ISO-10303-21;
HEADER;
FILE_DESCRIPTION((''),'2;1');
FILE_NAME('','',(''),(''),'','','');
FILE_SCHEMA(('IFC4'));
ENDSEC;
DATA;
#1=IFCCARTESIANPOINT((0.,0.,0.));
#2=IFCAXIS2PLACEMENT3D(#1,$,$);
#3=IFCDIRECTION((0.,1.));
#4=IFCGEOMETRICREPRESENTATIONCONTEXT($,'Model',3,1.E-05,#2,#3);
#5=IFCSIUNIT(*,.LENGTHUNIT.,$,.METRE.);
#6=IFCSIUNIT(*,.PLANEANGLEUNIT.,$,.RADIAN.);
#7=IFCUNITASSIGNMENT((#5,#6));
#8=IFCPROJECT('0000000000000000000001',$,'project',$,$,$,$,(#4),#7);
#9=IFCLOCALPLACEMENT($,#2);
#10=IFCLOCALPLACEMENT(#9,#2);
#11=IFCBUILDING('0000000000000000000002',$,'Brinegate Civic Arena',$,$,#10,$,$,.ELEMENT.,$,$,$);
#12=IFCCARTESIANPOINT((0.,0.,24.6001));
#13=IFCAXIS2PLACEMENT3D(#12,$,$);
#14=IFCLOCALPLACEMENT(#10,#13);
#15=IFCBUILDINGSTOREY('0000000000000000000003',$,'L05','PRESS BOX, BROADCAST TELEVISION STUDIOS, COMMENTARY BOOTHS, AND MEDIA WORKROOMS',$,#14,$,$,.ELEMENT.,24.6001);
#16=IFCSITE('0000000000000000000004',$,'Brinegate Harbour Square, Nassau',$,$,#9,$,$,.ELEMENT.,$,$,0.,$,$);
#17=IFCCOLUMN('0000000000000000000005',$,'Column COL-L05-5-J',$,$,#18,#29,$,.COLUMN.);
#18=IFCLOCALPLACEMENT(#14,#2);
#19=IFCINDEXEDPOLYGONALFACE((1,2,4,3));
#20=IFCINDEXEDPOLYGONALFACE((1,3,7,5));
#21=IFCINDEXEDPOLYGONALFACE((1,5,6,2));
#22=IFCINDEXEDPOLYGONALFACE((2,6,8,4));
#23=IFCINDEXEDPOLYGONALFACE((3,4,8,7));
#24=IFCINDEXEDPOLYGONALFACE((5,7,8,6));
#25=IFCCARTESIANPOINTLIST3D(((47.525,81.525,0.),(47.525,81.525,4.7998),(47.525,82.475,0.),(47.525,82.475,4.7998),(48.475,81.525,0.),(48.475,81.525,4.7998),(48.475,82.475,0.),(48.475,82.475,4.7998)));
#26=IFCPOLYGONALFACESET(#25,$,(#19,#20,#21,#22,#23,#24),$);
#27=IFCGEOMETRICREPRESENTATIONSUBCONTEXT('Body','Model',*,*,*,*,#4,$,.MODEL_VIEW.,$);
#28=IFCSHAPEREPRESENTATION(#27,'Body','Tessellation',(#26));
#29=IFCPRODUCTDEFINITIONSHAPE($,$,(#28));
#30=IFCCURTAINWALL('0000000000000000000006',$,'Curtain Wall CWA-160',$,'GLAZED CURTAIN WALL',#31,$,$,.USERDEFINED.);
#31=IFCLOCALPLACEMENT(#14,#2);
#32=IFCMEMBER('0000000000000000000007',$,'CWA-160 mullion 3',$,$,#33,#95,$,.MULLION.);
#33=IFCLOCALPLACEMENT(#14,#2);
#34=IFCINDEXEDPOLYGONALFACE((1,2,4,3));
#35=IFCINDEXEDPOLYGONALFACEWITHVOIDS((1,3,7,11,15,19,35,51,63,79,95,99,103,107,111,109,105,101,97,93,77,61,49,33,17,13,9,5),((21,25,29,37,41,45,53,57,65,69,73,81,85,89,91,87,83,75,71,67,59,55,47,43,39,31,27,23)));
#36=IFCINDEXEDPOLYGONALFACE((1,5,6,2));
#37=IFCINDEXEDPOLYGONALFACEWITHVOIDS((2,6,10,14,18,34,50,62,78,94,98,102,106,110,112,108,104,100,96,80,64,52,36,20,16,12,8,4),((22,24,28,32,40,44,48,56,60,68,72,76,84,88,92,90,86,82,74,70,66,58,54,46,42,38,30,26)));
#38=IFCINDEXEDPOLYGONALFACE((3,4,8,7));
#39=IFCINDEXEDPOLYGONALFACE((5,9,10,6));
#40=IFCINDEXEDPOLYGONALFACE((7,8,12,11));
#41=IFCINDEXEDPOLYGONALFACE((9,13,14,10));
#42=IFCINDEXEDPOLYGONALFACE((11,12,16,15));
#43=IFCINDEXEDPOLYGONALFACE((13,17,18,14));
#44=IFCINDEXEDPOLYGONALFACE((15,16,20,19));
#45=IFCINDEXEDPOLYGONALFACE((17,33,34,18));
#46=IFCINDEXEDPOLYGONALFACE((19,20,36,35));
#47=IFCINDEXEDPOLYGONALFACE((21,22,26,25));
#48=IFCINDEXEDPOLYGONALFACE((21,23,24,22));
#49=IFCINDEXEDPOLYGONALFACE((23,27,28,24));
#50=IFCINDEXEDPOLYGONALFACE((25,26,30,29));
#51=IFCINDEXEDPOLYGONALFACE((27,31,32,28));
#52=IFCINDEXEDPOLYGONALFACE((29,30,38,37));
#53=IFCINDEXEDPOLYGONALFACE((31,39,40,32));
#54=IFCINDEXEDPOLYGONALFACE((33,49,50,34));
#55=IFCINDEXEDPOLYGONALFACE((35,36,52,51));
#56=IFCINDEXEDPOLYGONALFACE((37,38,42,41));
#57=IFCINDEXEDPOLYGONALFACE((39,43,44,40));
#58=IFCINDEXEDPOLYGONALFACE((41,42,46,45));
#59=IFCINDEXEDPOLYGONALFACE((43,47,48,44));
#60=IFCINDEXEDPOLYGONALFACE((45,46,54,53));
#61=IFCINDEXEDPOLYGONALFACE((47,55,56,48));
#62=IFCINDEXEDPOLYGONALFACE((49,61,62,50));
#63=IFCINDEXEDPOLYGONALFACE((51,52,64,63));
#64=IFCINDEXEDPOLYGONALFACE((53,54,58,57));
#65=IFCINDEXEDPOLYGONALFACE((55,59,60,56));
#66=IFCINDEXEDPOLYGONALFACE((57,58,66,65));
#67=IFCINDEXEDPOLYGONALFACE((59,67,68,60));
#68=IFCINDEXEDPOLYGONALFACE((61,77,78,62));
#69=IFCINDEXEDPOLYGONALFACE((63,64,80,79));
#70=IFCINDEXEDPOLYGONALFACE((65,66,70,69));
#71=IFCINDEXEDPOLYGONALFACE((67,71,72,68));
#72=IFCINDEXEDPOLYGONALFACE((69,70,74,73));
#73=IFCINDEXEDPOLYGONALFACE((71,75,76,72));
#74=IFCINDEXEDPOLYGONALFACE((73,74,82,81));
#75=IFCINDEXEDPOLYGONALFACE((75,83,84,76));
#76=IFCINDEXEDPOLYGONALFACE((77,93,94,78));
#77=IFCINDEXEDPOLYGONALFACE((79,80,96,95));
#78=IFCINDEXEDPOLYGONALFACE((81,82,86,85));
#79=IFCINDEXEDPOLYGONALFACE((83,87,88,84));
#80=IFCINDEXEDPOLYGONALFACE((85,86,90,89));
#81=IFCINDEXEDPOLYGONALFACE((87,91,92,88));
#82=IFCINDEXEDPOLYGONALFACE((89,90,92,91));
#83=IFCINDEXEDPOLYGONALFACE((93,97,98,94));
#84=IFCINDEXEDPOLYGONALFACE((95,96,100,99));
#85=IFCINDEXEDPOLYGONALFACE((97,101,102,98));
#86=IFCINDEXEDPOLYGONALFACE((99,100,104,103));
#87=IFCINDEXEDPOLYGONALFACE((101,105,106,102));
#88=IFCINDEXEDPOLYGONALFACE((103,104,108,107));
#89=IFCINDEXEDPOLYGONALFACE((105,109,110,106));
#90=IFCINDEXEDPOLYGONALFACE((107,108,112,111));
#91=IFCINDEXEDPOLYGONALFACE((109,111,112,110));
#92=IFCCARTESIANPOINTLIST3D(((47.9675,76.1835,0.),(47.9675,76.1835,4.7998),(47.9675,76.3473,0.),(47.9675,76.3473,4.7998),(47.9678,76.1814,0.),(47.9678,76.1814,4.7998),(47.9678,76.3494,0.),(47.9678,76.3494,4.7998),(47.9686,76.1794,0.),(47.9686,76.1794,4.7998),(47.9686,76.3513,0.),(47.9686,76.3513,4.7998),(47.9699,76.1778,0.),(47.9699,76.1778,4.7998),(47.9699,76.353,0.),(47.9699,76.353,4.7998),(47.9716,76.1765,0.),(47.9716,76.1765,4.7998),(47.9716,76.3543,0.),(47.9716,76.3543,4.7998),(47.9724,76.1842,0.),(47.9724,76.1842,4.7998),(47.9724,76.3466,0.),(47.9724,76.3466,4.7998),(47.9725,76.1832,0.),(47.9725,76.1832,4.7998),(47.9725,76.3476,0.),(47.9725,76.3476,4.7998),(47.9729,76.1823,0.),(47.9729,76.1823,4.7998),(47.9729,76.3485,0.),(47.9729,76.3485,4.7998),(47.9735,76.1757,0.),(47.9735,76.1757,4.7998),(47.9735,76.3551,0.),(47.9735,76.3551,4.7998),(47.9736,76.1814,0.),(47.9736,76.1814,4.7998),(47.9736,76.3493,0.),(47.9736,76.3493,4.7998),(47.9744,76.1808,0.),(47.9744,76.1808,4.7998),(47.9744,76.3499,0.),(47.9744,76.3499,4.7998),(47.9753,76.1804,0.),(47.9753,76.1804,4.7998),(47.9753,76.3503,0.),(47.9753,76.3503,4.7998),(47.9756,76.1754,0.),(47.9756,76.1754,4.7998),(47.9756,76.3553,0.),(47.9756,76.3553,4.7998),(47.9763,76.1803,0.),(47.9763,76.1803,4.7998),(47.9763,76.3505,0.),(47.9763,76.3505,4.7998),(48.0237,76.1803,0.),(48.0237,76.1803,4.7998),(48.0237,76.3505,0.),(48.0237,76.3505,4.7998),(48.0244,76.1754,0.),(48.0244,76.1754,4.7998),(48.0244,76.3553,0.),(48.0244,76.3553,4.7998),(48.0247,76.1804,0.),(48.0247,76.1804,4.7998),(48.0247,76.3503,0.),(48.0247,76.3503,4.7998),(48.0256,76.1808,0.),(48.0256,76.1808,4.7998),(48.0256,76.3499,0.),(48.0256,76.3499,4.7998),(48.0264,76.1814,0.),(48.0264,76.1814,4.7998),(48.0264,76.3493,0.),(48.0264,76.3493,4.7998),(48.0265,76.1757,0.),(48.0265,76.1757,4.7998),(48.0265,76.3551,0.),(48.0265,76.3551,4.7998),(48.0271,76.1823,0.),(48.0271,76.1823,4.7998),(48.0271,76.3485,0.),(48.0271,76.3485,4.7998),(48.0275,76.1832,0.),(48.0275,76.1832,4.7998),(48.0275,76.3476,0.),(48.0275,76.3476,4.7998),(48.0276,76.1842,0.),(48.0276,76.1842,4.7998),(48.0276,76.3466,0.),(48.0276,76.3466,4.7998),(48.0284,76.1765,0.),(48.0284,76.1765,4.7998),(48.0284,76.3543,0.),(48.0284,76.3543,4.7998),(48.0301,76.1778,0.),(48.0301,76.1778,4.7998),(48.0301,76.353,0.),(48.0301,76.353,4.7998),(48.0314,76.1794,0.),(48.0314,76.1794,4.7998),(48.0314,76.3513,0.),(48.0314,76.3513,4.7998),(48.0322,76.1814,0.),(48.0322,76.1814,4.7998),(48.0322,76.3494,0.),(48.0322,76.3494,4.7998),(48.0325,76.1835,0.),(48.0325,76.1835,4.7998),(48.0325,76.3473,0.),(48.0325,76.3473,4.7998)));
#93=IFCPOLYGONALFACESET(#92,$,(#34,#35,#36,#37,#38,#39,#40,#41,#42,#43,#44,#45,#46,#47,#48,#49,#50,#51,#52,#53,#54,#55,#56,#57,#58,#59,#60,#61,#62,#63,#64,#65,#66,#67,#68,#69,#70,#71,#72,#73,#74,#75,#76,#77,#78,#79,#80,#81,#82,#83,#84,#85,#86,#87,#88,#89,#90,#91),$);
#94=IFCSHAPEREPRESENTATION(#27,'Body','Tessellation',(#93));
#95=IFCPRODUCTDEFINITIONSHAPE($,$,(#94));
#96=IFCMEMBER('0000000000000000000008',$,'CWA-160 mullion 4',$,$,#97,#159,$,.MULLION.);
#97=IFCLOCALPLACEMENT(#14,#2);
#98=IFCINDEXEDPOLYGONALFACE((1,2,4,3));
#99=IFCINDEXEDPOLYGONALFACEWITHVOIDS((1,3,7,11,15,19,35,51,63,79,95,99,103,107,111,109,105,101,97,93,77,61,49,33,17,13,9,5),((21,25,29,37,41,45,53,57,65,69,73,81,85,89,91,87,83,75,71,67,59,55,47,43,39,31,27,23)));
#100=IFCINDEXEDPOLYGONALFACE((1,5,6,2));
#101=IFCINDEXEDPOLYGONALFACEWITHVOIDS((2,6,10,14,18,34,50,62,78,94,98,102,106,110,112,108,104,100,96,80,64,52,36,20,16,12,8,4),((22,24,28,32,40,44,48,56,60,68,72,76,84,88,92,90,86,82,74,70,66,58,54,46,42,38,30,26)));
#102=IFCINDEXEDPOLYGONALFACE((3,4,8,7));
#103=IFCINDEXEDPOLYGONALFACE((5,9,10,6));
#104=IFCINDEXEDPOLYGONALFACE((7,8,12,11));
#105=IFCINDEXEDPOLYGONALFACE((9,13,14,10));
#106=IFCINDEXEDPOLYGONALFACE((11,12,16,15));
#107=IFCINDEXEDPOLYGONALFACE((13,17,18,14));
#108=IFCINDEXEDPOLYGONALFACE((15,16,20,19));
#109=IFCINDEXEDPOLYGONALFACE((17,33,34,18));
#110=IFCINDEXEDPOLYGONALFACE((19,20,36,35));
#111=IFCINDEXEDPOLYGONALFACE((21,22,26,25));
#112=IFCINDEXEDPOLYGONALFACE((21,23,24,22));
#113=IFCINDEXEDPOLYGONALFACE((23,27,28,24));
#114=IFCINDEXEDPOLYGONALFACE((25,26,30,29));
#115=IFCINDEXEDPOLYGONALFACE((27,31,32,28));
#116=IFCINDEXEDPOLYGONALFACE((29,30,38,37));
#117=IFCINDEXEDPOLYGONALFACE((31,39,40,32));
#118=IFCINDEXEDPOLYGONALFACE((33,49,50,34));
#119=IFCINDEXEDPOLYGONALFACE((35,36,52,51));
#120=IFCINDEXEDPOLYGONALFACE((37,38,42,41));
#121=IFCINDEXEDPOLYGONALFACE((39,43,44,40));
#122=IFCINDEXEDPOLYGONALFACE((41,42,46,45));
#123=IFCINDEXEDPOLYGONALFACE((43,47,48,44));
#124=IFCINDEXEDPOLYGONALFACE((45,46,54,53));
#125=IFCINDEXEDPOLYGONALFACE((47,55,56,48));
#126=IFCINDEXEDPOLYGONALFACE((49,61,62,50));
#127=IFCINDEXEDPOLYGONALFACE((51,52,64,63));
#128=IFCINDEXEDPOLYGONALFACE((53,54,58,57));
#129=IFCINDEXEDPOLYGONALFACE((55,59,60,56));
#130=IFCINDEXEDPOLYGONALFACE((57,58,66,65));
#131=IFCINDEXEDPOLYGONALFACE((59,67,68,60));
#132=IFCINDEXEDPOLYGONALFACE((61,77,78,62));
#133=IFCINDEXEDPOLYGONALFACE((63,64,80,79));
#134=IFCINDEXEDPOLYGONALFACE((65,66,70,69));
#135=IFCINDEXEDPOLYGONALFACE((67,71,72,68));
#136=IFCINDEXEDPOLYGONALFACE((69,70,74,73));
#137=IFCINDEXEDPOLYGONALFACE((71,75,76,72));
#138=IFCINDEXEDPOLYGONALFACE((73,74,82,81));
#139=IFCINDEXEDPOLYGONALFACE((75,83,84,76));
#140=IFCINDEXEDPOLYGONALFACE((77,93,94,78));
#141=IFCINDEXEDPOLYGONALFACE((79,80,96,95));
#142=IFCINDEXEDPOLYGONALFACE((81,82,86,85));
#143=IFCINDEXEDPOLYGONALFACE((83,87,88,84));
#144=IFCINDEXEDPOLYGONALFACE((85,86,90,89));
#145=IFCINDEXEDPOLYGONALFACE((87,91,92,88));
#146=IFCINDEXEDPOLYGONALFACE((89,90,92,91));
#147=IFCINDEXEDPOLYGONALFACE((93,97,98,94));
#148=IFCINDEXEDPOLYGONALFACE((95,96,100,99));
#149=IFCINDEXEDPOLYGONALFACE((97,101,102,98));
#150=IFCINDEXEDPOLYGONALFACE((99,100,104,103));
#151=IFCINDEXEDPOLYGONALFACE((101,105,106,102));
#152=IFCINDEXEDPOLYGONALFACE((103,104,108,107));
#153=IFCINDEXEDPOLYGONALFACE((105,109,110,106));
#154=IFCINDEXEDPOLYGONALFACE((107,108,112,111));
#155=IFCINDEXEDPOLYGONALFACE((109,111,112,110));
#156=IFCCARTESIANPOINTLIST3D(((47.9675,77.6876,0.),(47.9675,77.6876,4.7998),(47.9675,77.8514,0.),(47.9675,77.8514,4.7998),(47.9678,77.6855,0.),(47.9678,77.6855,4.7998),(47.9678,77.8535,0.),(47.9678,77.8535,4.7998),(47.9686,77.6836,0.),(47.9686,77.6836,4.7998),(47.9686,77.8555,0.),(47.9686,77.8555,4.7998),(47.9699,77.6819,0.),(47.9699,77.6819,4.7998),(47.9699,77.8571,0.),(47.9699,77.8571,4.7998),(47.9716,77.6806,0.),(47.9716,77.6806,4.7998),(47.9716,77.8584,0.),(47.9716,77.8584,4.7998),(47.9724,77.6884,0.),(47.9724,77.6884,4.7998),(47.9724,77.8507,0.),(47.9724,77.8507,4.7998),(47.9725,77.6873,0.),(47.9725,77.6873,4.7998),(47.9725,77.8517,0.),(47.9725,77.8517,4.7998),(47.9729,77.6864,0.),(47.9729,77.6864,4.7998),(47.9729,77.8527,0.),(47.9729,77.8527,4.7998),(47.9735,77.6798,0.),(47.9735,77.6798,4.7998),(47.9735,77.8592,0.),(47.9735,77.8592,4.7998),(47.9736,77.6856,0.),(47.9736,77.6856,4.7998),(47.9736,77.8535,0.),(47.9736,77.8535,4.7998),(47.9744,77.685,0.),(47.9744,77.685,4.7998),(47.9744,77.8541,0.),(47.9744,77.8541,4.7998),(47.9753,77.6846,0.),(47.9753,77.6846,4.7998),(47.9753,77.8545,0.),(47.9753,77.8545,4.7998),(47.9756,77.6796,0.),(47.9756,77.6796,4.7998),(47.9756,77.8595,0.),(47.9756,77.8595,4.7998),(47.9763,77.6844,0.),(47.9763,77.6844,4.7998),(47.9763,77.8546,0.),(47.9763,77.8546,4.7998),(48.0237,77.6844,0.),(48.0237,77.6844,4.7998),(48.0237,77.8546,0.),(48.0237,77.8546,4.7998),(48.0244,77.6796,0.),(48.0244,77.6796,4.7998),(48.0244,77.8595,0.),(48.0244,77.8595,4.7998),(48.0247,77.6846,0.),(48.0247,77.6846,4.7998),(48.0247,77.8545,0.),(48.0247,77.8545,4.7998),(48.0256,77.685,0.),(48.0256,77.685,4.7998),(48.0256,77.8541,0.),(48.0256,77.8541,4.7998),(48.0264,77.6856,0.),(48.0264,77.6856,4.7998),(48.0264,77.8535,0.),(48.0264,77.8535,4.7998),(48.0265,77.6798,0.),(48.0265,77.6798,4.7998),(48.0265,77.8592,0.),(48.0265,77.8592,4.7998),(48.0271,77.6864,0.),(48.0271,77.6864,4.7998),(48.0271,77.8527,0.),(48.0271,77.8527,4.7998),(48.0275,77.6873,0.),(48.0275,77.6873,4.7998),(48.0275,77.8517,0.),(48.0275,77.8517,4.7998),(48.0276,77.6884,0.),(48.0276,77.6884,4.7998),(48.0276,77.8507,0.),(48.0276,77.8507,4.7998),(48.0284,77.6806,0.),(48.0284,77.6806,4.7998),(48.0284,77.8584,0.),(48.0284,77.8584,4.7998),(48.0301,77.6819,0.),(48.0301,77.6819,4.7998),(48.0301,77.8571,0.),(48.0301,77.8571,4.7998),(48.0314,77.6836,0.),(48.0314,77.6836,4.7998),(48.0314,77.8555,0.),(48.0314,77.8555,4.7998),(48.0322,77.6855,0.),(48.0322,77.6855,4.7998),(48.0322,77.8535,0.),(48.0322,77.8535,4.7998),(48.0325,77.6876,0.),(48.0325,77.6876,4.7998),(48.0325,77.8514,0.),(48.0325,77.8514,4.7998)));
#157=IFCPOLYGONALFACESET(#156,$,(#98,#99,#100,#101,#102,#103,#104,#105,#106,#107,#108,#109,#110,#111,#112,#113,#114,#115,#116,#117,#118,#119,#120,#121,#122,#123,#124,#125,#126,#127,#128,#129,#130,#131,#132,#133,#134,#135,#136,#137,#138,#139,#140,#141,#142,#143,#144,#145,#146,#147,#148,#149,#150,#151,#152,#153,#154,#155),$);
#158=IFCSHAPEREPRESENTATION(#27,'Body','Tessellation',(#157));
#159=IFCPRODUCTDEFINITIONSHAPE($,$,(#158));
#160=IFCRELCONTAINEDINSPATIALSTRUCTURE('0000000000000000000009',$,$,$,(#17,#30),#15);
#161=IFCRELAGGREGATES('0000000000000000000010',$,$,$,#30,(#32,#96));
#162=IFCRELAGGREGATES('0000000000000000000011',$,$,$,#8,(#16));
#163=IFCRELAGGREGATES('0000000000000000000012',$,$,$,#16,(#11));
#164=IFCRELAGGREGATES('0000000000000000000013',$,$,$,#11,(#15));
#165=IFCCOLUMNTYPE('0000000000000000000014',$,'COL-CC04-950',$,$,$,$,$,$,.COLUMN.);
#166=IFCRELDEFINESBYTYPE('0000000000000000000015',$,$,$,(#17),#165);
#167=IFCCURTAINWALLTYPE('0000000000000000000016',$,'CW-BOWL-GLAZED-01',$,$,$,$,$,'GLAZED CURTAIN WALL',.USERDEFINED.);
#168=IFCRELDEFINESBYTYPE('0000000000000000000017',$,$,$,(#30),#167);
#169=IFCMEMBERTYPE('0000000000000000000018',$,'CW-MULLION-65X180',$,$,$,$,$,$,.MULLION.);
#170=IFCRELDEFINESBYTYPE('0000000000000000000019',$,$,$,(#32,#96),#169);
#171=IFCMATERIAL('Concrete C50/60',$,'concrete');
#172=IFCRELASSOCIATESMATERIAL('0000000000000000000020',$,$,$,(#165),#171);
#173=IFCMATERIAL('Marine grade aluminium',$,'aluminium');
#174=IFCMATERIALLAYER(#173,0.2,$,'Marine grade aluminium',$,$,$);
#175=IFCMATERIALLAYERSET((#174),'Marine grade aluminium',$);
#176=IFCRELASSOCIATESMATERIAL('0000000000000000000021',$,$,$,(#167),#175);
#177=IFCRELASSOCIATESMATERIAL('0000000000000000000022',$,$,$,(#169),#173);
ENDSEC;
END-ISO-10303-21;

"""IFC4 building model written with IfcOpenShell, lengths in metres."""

from ifc_helpers import new_model, si_unit, direction, frame, origin, origin_2d, place, context, subcontext, project, spatial, rectangle, hollow_rectangle, extrude, material, layer, layer_set, material_profile, profile_set, type_object, element, aggregate, save


model = new_model("IFC4")

# Units and contexts
model_context = context("Model", 3, precision=1e-05, world=origin(), true_north=direction((0.0, 1.0)))
body_context = subcontext(model_context, "Body", "Model", "MODEL_VIEW")
ifc_project = project(units=[si_unit("LENGTHUNIT", "METRE"), si_unit("PLANEANGLEUNIT", "RADIAN")], contexts=[model_context])

# Site, building, storey
site_placement = place(None, origin())
site = spatial("IfcSite", under=ifc_project, at=site_placement, Name="Brinegate Harbour Square, Nassau", CompositionType="ELEMENT", RefElevation=0.0)
building_placement = place(site_placement, origin())
building = spatial("IfcBuilding", under=site, at=building_placement, Name="Brinegate Civic Arena", CompositionType="ELEMENT")
storey_placement = place(building_placement, frame((0.0, 0.0, 24.6001)))
storey = spatial("IfcBuildingStorey", under=building, at=storey_placement, Name="L05", Description="PRESS BOX, BROADCAST TELEVISION STUDIOS, COMMENTARY BOOTHS, AND MEDIA WORKROOMS", CompositionType="ELEMENT", Elevation=24.6001)

# Column
ifc_material_1 = material(Name="Concrete C50/60", Category="concrete")
ifc_material_profile_1 = material_profile(ifc_material_1, rectangle(XDim=0.95, YDim=0.95, at=origin_2d()), Name="RC950X950")
ifc_profile_set_1 = profile_set([ifc_material_profile_1], Name="Concrete C50/60")
column_type = type_object("IfcColumnType", Name="COL-CC04-950", PredefinedType="COLUMN", material=ifc_profile_set_1)
column_placement = place(storey_placement, frame((48.0, 82.0, 0.0), z_axis=(0.0, 0.0, 1.0), x_axis=(1.0, 0.0, 0.0)))
element("IfcColumn", 1, at=column_placement, inside=storey, type_object=column_type, Name="Column COL-L05-5-J", PredefinedType="COLUMN", context=body_context, shape_type="SweptSolid", body=[
    extrude(rectangle(XDim=0.95, YDim=0.95, at=origin_2d()), origin(), (0.0, 0.0, 1.0), 4.7998),
])

# Curtain wall, members
ifc_material_2 = material(Name="Marine grade aluminium", Category="aluminium")
ifc_layer_1 = layer(ifc_material_2, 0.2, Name="Marine grade aluminium")
ifc_layer_set_1 = layer_set([ifc_layer_1], Name="Marine grade aluminium")
curtain_wall_type = type_object("IfcCurtainWallType", Name="CW-BOWL-GLAZED-01", ElementType="GLAZED CURTAIN WALL", PredefinedType="USERDEFINED", material=ifc_layer_set_1)
curtain_wall_placement = place(storey_placement, origin())
curtain_wall = element("IfcCurtainWall", 2, at=curtain_wall_placement, inside=storey, type_object=curtain_wall_type, Name="Curtain Wall CWA-160", ObjectType="GLAZED CURTAIN WALL", PredefinedType="USERDEFINED")
ifc_material_profile_2 = material_profile(ifc_material_2, hollow_rectangle(XDim=0.0649, YDim=0.1799, WallThickness=0.0049, InnerFilletRadius=0.0039, OuterFilletRadius=0.0081, at=origin_2d()), Name="MUL65X180")
ifc_profile_set_2 = profile_set([ifc_material_profile_2], Name="Marine grade aluminium")
member_type_1 = type_object("IfcMemberType", Name="CW-MULLION-65X180", PredefinedType="MULLION", material=ifc_profile_set_2)
member_1_placement = place(storey_placement, frame((48.0, 76.2654, 0.0), z_axis=(0.0, 0.0, 1.0), x_axis=(-1.0, 0.0, 0.0)))
member_1 = element("IfcMember", 3, at=member_1_placement, type_object=member_type_1, Name="CWA-160 mullion 3", PredefinedType="MULLION", context=body_context, shape_type="SweptSolid", body=[
    extrude(hollow_rectangle(XDim=0.0649, YDim=0.1799, WallThickness=0.0049, InnerFilletRadius=0.0039, OuterFilletRadius=0.0081, at=origin_2d()), origin(), (0.0, 0.0, 1.0), 4.7998),
])
member_2_placement = place(storey_placement, frame((48.0, 77.7695, 0.0), z_axis=(0.0, 0.0, 1.0), x_axis=(-1.0, 0.0, 0.0)))
member_2 = element("IfcMember", 4, at=member_2_placement, type_object=member_type_1, Name="CWA-160 mullion 4", PredefinedType="MULLION", context=body_context, shape_type="SweptSolid", body=[
    extrude(hollow_rectangle(XDim=0.0649, YDim=0.1799, WallThickness=0.0049, InnerFilletRadius=0.0039, OuterFilletRadius=0.0081, at=origin_2d()), origin(), (0.0, 0.0, 1.0), 4.7998),
])

aggregate(curtain_wall, [member_1, member_2])

save(model, "model.ifc")
